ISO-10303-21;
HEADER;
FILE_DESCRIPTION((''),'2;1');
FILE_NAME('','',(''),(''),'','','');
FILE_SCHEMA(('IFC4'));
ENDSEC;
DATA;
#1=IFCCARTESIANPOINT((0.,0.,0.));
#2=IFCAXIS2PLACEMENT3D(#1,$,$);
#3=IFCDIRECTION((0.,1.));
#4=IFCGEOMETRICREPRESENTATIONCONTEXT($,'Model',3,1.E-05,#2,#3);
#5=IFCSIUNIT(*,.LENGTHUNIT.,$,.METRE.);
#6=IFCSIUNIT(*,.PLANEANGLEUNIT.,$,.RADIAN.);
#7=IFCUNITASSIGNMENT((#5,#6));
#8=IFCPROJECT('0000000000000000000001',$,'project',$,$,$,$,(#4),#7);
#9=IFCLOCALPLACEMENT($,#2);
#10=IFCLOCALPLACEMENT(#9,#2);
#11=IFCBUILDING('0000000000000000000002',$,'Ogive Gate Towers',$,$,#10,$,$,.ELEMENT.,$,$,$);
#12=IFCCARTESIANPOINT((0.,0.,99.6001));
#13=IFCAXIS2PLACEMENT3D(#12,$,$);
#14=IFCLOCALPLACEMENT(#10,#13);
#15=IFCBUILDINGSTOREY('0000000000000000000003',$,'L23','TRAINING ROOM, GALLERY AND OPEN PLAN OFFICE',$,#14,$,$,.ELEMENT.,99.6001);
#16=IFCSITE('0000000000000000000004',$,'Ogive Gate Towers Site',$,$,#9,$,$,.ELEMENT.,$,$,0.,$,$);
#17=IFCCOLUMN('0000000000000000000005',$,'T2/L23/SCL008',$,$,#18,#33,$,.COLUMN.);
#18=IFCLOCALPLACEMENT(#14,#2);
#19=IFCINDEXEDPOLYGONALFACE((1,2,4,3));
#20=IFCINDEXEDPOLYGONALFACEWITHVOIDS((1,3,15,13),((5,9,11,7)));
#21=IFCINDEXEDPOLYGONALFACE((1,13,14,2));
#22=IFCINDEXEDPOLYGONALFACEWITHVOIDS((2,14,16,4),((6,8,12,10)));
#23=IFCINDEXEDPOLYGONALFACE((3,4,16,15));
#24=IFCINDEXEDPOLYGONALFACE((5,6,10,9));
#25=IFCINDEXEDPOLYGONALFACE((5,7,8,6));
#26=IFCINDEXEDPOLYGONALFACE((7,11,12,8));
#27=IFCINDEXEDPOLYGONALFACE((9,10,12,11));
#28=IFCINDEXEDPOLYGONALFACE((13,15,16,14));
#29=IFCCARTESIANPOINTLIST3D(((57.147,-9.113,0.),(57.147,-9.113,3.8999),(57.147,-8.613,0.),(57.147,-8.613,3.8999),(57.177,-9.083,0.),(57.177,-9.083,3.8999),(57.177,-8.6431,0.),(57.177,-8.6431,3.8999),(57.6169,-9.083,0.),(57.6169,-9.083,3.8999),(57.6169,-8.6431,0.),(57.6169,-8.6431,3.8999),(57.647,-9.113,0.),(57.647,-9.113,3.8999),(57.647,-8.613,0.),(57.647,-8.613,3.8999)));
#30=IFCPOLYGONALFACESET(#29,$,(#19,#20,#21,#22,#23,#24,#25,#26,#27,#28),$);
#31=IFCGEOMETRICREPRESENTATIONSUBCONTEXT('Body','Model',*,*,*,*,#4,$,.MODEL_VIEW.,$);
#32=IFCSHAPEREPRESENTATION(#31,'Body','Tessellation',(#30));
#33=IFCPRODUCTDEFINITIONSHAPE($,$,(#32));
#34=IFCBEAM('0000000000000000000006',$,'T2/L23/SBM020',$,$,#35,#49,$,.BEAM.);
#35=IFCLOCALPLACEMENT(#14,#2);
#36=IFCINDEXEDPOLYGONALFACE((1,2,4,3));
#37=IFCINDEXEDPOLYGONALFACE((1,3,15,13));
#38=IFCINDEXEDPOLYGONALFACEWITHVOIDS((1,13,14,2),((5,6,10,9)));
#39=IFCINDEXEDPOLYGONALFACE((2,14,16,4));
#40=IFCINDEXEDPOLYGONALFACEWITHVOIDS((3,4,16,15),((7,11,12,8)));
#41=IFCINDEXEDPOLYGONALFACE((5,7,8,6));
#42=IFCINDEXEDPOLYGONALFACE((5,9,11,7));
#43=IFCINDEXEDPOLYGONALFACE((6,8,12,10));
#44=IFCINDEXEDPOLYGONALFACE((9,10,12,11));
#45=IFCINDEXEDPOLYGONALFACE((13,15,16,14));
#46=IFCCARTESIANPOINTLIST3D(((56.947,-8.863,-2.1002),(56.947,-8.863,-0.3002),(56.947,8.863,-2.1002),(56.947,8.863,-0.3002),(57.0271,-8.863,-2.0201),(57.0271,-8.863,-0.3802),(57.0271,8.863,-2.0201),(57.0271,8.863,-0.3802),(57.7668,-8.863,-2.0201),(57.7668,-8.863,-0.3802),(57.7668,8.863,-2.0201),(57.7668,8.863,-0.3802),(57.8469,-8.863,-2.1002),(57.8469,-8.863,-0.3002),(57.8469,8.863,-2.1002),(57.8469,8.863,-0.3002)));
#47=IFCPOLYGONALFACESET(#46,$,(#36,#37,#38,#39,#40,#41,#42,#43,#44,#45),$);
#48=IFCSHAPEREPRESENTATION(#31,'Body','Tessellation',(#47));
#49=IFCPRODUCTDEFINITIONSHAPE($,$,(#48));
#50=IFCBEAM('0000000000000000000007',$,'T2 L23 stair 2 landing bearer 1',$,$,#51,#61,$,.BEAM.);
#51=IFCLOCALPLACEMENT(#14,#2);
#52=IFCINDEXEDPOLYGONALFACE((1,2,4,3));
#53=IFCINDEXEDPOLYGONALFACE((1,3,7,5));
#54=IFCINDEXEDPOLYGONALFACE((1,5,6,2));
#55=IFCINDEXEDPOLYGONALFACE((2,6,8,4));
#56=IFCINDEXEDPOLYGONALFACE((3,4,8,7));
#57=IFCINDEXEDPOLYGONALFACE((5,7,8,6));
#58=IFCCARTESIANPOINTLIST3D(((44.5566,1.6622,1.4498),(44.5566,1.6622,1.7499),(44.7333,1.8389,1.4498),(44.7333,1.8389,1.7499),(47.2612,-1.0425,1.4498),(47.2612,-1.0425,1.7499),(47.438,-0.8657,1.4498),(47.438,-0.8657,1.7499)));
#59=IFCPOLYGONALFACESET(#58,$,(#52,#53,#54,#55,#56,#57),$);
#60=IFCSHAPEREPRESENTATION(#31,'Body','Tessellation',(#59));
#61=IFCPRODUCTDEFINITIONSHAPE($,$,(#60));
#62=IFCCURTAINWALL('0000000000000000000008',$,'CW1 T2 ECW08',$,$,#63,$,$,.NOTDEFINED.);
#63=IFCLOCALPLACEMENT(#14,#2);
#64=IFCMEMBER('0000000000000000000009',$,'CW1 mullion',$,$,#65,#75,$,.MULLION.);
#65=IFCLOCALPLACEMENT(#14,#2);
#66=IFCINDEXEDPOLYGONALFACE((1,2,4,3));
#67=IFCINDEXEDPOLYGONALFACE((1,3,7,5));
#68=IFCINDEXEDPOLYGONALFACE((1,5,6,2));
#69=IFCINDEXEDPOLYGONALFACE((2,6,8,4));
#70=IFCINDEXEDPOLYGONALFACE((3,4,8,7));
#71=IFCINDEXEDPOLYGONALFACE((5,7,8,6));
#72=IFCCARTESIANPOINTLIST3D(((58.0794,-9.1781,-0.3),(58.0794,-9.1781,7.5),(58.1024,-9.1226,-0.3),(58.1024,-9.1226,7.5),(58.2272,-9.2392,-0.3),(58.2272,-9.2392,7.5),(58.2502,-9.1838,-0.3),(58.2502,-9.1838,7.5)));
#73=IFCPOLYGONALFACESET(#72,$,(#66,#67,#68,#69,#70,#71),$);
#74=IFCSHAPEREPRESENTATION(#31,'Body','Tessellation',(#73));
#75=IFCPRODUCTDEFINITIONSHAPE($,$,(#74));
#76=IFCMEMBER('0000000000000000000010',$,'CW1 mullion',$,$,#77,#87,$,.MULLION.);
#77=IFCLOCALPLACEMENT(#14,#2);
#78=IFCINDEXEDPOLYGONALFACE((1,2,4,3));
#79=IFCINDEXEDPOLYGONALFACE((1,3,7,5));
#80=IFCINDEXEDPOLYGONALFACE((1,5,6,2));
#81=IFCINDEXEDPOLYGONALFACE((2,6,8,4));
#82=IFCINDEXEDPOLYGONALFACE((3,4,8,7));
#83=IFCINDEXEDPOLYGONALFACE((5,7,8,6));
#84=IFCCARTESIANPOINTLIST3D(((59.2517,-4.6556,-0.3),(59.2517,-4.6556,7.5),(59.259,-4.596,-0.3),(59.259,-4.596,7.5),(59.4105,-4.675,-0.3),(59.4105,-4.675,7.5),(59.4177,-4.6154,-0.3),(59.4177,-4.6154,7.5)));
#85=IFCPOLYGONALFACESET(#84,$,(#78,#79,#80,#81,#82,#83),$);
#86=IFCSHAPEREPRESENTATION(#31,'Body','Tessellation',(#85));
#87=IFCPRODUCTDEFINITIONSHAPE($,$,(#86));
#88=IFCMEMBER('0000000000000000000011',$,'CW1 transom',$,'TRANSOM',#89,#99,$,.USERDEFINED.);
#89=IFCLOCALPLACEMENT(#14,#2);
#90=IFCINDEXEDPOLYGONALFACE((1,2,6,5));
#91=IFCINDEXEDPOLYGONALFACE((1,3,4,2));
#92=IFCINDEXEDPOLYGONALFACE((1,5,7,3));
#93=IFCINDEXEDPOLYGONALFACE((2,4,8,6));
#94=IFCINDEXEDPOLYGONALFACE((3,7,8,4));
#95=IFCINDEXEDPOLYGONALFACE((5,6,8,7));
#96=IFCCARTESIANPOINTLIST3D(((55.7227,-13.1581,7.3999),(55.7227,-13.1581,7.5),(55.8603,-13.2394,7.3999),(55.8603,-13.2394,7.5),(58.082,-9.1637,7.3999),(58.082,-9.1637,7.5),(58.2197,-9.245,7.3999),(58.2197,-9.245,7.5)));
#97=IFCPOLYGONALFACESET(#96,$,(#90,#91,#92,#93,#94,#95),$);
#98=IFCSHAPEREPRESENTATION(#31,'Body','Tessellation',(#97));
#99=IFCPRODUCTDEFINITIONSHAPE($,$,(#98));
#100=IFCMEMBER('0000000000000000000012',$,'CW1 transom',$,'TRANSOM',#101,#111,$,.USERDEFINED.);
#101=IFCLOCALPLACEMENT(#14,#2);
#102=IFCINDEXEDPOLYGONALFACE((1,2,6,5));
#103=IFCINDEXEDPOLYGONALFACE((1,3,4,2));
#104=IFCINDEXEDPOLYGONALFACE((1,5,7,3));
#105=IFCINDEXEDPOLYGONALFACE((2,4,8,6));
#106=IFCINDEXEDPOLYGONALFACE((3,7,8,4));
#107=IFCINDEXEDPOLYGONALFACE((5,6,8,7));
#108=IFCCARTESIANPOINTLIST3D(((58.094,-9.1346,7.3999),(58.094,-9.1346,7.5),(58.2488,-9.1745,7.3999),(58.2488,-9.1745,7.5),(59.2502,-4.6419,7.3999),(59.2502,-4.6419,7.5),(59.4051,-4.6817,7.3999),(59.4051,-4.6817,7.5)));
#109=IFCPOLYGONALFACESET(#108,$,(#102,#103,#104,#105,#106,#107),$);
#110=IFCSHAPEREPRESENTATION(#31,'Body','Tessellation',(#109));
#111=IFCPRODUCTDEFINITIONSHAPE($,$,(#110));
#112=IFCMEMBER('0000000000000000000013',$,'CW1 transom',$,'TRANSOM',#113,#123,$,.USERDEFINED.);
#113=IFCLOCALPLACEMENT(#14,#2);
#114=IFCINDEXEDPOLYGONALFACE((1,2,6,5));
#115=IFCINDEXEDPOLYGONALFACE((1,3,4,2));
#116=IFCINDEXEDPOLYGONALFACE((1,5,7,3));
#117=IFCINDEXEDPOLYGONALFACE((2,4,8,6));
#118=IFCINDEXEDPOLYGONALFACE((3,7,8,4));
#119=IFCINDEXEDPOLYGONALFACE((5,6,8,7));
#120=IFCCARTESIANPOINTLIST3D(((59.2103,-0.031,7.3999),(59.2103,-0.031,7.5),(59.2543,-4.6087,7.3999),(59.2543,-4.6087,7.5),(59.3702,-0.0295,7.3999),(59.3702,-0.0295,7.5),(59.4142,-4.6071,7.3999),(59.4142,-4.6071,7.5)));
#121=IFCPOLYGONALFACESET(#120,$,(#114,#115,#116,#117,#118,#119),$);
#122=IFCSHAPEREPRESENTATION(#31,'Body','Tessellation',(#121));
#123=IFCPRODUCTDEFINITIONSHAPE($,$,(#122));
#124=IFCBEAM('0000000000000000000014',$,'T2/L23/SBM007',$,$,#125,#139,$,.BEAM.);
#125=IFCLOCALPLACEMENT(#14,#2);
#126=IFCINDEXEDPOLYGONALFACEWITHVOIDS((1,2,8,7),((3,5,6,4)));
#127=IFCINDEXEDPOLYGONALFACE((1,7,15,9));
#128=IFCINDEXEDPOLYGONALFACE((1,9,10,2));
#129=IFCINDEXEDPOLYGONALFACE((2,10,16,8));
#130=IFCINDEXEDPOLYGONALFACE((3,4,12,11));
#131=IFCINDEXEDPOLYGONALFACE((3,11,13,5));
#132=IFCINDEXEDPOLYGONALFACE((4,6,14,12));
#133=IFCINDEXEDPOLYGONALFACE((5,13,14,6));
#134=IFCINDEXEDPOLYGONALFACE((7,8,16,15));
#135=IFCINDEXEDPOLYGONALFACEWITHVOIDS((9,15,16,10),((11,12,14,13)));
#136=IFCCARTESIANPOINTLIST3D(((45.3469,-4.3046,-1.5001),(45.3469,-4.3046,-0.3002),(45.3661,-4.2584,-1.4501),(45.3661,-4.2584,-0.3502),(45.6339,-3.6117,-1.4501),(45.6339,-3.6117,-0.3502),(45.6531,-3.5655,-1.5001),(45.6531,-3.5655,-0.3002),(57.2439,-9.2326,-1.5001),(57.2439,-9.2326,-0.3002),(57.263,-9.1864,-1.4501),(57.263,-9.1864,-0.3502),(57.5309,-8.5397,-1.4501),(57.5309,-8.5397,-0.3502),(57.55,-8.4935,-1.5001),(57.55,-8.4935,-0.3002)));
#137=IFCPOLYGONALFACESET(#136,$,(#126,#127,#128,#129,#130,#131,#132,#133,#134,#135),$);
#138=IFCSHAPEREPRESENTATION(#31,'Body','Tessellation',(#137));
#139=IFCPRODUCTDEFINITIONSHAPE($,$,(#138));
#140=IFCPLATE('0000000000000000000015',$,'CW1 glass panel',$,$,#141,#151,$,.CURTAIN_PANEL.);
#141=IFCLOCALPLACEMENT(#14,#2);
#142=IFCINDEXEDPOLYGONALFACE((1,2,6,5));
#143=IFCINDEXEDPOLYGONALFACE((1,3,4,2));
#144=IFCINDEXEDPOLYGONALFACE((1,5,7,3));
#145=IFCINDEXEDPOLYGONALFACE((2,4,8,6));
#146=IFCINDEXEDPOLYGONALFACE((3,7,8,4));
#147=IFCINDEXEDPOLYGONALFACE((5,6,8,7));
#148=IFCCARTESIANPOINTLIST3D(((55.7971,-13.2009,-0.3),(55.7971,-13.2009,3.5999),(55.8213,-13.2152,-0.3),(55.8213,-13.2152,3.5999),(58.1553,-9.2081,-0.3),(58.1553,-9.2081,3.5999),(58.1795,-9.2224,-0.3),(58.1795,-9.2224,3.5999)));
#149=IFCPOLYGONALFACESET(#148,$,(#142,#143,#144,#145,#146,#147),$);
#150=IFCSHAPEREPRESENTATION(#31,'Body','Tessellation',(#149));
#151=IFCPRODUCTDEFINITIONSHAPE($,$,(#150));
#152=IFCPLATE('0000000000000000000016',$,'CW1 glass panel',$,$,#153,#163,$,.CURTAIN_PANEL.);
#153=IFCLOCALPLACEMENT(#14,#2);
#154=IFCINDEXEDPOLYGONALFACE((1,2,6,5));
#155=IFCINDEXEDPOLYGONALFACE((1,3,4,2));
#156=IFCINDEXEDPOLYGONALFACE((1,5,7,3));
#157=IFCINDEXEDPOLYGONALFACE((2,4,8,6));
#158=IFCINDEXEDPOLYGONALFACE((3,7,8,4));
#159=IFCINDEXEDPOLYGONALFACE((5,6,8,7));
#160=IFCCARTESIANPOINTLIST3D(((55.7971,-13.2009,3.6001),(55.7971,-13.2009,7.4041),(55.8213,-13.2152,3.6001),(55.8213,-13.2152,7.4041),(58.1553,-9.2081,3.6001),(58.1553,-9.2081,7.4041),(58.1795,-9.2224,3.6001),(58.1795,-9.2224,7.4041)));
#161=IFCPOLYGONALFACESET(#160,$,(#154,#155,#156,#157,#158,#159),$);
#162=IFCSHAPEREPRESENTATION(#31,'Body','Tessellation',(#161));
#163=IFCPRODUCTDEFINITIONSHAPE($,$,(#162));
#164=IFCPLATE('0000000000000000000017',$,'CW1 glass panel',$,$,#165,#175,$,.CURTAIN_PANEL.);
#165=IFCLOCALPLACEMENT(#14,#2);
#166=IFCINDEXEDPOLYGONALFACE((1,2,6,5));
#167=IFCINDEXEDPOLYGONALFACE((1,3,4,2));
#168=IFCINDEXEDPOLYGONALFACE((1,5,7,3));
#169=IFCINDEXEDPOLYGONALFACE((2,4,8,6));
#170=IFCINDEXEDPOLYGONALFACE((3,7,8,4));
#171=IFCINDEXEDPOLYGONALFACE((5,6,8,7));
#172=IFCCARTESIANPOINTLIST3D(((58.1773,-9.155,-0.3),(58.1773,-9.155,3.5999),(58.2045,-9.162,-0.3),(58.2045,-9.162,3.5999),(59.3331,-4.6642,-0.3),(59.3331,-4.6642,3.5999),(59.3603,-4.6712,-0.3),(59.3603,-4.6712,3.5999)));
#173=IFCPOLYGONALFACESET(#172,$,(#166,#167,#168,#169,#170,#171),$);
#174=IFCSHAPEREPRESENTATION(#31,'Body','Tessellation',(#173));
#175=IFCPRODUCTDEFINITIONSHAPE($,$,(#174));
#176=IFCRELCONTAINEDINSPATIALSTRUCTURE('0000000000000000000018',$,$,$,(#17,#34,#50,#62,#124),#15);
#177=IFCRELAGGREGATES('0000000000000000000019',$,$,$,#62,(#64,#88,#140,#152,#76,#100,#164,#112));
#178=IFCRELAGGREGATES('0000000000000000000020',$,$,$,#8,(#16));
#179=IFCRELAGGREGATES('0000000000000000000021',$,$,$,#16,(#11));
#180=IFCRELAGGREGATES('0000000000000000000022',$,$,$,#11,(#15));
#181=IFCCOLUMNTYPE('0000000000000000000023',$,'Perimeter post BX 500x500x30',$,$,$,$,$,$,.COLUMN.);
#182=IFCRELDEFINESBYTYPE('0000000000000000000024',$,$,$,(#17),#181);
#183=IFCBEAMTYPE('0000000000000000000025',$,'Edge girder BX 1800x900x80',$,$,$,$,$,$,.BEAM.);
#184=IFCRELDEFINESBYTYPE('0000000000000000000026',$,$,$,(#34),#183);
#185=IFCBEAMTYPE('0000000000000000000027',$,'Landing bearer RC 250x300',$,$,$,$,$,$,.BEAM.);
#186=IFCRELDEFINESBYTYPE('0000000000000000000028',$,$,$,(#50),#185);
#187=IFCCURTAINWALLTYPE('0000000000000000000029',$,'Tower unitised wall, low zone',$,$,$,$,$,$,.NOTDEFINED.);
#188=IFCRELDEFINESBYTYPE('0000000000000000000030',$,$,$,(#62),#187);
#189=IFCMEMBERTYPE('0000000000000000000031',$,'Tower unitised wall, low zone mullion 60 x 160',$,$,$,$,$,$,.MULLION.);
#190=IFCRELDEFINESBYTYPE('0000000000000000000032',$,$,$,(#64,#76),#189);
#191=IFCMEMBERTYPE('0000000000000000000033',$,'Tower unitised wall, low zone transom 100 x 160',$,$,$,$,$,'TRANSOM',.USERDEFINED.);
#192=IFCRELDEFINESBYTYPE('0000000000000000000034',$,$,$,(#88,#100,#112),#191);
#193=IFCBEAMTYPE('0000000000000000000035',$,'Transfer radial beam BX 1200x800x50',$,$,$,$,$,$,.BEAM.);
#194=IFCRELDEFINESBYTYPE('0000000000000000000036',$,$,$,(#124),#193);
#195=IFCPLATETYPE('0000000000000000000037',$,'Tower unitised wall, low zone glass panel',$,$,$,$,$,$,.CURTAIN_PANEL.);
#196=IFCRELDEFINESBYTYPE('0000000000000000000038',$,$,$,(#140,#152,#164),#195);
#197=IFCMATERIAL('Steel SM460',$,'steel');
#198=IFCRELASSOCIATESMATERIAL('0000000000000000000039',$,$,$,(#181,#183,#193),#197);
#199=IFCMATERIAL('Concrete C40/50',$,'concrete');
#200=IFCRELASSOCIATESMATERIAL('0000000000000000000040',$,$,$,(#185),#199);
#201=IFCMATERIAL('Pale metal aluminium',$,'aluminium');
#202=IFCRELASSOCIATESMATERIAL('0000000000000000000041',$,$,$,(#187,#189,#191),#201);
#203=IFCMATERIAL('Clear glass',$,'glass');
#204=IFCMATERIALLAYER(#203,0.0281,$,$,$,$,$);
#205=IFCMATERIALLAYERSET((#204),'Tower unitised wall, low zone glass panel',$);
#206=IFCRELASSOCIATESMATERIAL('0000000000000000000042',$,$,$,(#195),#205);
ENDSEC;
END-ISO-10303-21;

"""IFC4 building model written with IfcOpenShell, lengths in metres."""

from ifc_helpers import new_model, si_unit, direction, frame, origin, origin_2d, place, context, subcontext, project, spatial, rectangle, hollow_rectangle, extrude, material, layer, layer_set, material_profile, profile_set, type_object, element, aggregate, save


model = new_model("IFC4")

# Units and contexts
model_context = context("Model", 3, precision=1e-05, world=origin(), true_north=direction((0.0, 1.0)))
body_context = subcontext(model_context, "Body", "Model", "MODEL_VIEW")
ifc_project = project(units=[si_unit("LENGTHUNIT", "METRE"), si_unit("PLANEANGLEUNIT", "RADIAN")], contexts=[model_context])

# Site, building, storey
site_placement = place(None, origin())
site = spatial("IfcSite", under=ifc_project, at=site_placement, Name="Ogive Gate Towers Site", CompositionType="ELEMENT", RefElevation=0.0)
building_placement = place(site_placement, origin())
building = spatial("IfcBuilding", under=site, at=building_placement, Name="Ogive Gate Towers", CompositionType="ELEMENT")
storey_placement = place(building_placement, frame((0.0, 0.0, 99.6001)))
storey = spatial("IfcBuildingStorey", under=building, at=storey_placement, Name="L23", Description="TRAINING ROOM, GALLERY AND OPEN PLAN OFFICE", CompositionType="ELEMENT", Elevation=99.6001)

# Column
ifc_material_1 = material(Name="Steel SM460", Category="steel")
ifc_material_profile_1 = material_profile(ifc_material_1, hollow_rectangle(XDim=0.5, YDim=0.5, WallThickness=0.03, at=origin_2d()), Name="BX 500x500x30")
ifc_profile_set_1 = profile_set([ifc_material_profile_1], Name="Steel SM460")
column_type = type_object("IfcColumnType", Name="Perimeter post BX 500x500x30", PredefinedType="COLUMN", material=ifc_profile_set_1)
column_placement = place(storey_placement, frame((57.397, -8.863, 0.0), z_axis=(0.0, 0.0, 1.0), x_axis=(1.0, 0.0, 0.0)))
element("IfcColumn", 1, at=column_placement, inside=storey, type_object=column_type, Name="T2/L23/SCL008", PredefinedType="COLUMN", context=body_context, shape_type="SweptSolid", body=[
    extrude(hollow_rectangle(XDim=0.5, YDim=0.5, WallThickness=0.03, at=origin_2d()), origin(), (0.0, 0.0, 1.0), 3.8999),
])

# Beams
ifc_material_profile_2 = material_profile(ifc_material_1, hollow_rectangle(XDim=0.8999, YDim=1.8, WallThickness=0.0801, at=origin_2d()), Name="BX 1800x900x80")
ifc_profile_set_2 = profile_set([ifc_material_profile_2], Name="Steel SM460")
beam_type_1 = type_object("IfcBeamType", Name="Edge girder BX 1800x900x80", PredefinedType="BEAM", material=ifc_profile_set_2)
beam_1_placement = place(storey_placement, frame((57.397, -8.863, -1.2002), z_axis=(0.0, 1.0, 0.0), x_axis=(-1.0, 0.0, 0.0)))
element("IfcBeam", 2, at=beam_1_placement, inside=storey, type_object=beam_type_1, Name="T2/L23/SBM020", PredefinedType="BEAM", context=body_context, shape_type="SweptSolid", body=[
    extrude(hollow_rectangle(XDim=0.8999, YDim=1.8, WallThickness=0.0801, at=origin_2d()), origin(), (0.0, 0.0, 1.0), 17.7261),
])
ifc_material_2 = material(Name="Concrete C40/50", Category="concrete")
ifc_material_profile_3 = material_profile(ifc_material_2, rectangle(XDim=0.25, YDim=0.3, at=origin_2d()), Name="RC 250x300")
ifc_profile_set_3 = profile_set([ifc_material_profile_3], Name="Concrete C40/50")
beam_type_2 = type_object("IfcBeamType", Name="Landing bearer RC 250x300", PredefinedType="BEAM", material=ifc_profile_set_3)
beam_2_placement = place(storey_placement, frame((47.3496, -0.9541, 1.5999), z_axis=(-0.707107, 0.707107, 0.0), x_axis=(-0.707107, -0.707107, 0.0)))
element("IfcBeam", 3, at=beam_2_placement, inside=storey, type_object=beam_type_2, Name="T2 L23 stair 2 landing bearer 1", PredefinedType="BEAM", context=body_context, shape_type="SweptSolid", body=[
    extrude(rectangle(XDim=0.25, YDim=0.3, at=origin_2d()), origin(), (0.0, 0.0, 1.0), 3.825),
])

# Curtain wall, members
ifc_material_3 = material(Name="Pale metal aluminium", Category="aluminium")
curtain_wall_type = type_object("IfcCurtainWallType", Name="Tower unitised wall, low zone", PredefinedType="NOTDEFINED", material=ifc_material_3)
curtain_wall_placement = place(storey_placement, origin())
curtain_wall = element("IfcCurtainWall", 4, at=curtain_wall_placement, inside=storey, type_object=curtain_wall_type, Name="CW1 T2 ECW08", PredefinedType="NOTDEFINED")
ifc_material_profile_4 = material_profile(ifc_material_3, rectangle(XDim=0.1599, YDim=0.0601, at=origin_2d()), Name="60 x 160 aluminium box")
ifc_profile_set_4 = profile_set([ifc_material_profile_4], Name="Pale metal aluminium")
member_type_1 = type_object("IfcMemberType", Name="Tower unitised wall, low zone mullion 60 x 160", PredefinedType="MULLION", material=ifc_profile_set_4)
member_1_placement = place(storey_placement, frame((58.1648, -9.1809, -0.3), z_axis=(0.0, 0.0, 1.0), x_axis=(0.92388, -0.382683, 0.0)))
member_1 = element("IfcMember", 5, at=member_1_placement, type_object=member_type_1, Name="CW1 mullion", PredefinedType="MULLION", context=body_context, shape_type="SweptSolid", body=[
    extrude(rectangle(XDim=0.1599, YDim=0.0601, at=origin_2d()), origin(), (0.0, 0.0, 1.0), 7.8),
])
member_2_placement = place(storey_placement, frame((59.3347, -4.6355, -0.3), z_axis=(0.0, 0.0, 1.0), x_axis=(0.992671, -0.120847, 0.0)))
member_2 = element("IfcMember", 6, at=member_2_placement, type_object=member_type_1, Name="CW1 mullion", PredefinedType="MULLION", context=body_context, shape_type="SweptSolid", body=[
    extrude(rectangle(XDim=0.1599, YDim=0.0601, at=origin_2d()), origin(), (0.0, 0.0, 1.0), 7.8),
])
ifc_material_profile_5 = material_profile(ifc_material_3, rectangle(XDim=0.1599, YDim=0.1001, at=origin_2d()), Name="100 x 160 aluminium box")
ifc_profile_set_5 = profile_set([ifc_material_profile_5], Name="Pale metal aluminium")
member_type_2 = type_object("IfcMemberType", Name="Tower unitised wall, low zone transom 100 x 160", ElementType="TRANSOM", PredefinedType="USERDEFINED", material=ifc_profile_set_5)
member_3_placement = place(storey_placement, frame((55.7915, -13.1987, 7.45), z_axis=(0.508579, 0.861016, 0.0), x_axis=(-0.861016, 0.508579, 0.0)))
member_3 = element("IfcMember", 7, at=member_3_placement, type_object=member_type_2, Name="CW1 transom", ObjectType="TRANSOM", PredefinedType="USERDEFINED", context=body_context, shape_type="SweptSolid", body=[
    extrude(rectangle(XDim=0.1599, YDim=0.1001, at=origin_2d()), origin(), (0.0, 0.0, 1.0), 4.6392),
])
member_4_placement = place(storey_placement, frame((58.1714, -9.1545, 7.45), z_axis=(0.249241, 0.968441, 0.0), x_axis=(-0.968441, 0.249241, 0.0)))
member_4 = element("IfcMember", 8, at=member_4_placement, type_object=member_type_2, Name="CW1 transom", ObjectType="TRANSOM", PredefinedType="USERDEFINED", context=body_context, shape_type="SweptSolid", body=[
    extrude(rectangle(XDim=0.1599, YDim=0.1001, at=origin_2d()), origin(), (0.0, 0.0, 1.0), 4.6392),
])
member_5_placement = place(storey_placement, frame((59.3342, -4.6079, 7.45), z_axis=(-0.0096, 0.999954, 0.0), x_axis=(-0.999954, -0.0096, 0.0)))
member_5 = element("IfcMember", 9, at=member_5_placement, type_object=member_type_2, Name="CW1 transom", ObjectType="TRANSOM", PredefinedType="USERDEFINED", context=body_context, shape_type="SweptSolid", body=[
    extrude(rectangle(XDim=0.1599, YDim=0.1001, at=origin_2d()), origin(), (0.0, 0.0, 1.0), 4.5779),
])

# Beam
ifc_material_profile_6 = material_profile(ifc_material_1, hollow_rectangle(XDim=0.8, YDim=1.2, WallThickness=0.05, at=origin_2d()), Name="BX 1200x800x50")
ifc_profile_set_6 = profile_set([ifc_material_profile_6], Name="Steel SM460")
beam_type_3 = type_object("IfcBeamType", Name="Transfer radial beam BX 1200x800x50", PredefinedType="BEAM", material=ifc_profile_set_6)
beam_3_placement = place(storey_placement, frame((45.5, -3.9351, -0.9001), z_axis=(0.923877, -0.382689, 0.0), x_axis=(0.382689, 0.923877, 0.0)))
element("IfcBeam", 10, at=beam_3_placement, inside=storey, type_object=beam_type_3, Name="T2/L23/SBM007", PredefinedType="BEAM", context=body_context, shape_type="SweptSolid", body=[
    extrude(hollow_rectangle(XDim=0.8, YDim=1.2, WallThickness=0.05, at=origin_2d()), origin(), (0.0, 0.0, 1.0), 12.8772),
])

# Plates
ifc_material_4 = material(Name="Clear glass", Category="glass")
ifc_layer_1 = layer(ifc_material_4, 0.0281)
ifc_layer_set_1 = layer_set([ifc_layer_1], Name="Tower unitised wall, low zone glass panel")
plate_type = type_object("IfcPlateType", Name="Tower unitised wall, low zone glass panel", PredefinedType="CURTAIN_PANEL", material=ifc_layer_set_1)
plate_1_placement = place(storey_placement, frame((56.9883, -11.2117, -0.3), z_axis=(0.0, 0.0, 1.0), x_axis=(0.508546, 0.861035, 0.0)))
plate_1 = element("IfcPlate", 11, at=plate_1_placement, type_object=plate_type, Name="CW1 glass panel", PredefinedType="CURTAIN_PANEL", context=body_context, shape_type="SweptSolid", body=[
    extrude(rectangle(XDim=4.6372, YDim=0.0281, at=origin_2d()), origin(), (0.0, 0.0, 1.0), 3.8999),
])
plate_2_placement = place(storey_placement, frame((56.9883, -11.2117, 3.6001), z_axis=(0.0, 0.0, 1.0), x_axis=(0.508546, 0.861035, 0.0)))
plate_2 = element("IfcPlate", 12, at=plate_2_placement, type_object=plate_type, Name="CW1 glass panel", PredefinedType="CURTAIN_PANEL", context=body_context, shape_type="SweptSolid", body=[
    extrude(rectangle(XDim=4.6372, YDim=0.0281, at=origin_2d()), origin(), (0.0, 0.0, 1.0), 3.804),
])
plate_3_placement = place(storey_placement, frame((58.7688, -6.9131, -0.3), z_axis=(0.0, 0.0, 1.0), x_axis=(0.249248, 0.96844, 0.0)))
plate_3 = element("IfcPlate", 13, at=plate_3_placement, type_object=plate_type, Name="CW1 glass panel", PredefinedType="CURTAIN_PANEL", context=body_context, shape_type="SweptSolid", body=[
    extrude(rectangle(XDim=4.6372, YDim=0.0281, at=origin_2d()), origin(), (0.0, 0.0, 1.0), 3.8999),
])
aggregate(curtain_wall, [member_1, member_3, plate_1, plate_2, member_2, member_4, plate_3, member_5])

save(model, "model.ifc")
